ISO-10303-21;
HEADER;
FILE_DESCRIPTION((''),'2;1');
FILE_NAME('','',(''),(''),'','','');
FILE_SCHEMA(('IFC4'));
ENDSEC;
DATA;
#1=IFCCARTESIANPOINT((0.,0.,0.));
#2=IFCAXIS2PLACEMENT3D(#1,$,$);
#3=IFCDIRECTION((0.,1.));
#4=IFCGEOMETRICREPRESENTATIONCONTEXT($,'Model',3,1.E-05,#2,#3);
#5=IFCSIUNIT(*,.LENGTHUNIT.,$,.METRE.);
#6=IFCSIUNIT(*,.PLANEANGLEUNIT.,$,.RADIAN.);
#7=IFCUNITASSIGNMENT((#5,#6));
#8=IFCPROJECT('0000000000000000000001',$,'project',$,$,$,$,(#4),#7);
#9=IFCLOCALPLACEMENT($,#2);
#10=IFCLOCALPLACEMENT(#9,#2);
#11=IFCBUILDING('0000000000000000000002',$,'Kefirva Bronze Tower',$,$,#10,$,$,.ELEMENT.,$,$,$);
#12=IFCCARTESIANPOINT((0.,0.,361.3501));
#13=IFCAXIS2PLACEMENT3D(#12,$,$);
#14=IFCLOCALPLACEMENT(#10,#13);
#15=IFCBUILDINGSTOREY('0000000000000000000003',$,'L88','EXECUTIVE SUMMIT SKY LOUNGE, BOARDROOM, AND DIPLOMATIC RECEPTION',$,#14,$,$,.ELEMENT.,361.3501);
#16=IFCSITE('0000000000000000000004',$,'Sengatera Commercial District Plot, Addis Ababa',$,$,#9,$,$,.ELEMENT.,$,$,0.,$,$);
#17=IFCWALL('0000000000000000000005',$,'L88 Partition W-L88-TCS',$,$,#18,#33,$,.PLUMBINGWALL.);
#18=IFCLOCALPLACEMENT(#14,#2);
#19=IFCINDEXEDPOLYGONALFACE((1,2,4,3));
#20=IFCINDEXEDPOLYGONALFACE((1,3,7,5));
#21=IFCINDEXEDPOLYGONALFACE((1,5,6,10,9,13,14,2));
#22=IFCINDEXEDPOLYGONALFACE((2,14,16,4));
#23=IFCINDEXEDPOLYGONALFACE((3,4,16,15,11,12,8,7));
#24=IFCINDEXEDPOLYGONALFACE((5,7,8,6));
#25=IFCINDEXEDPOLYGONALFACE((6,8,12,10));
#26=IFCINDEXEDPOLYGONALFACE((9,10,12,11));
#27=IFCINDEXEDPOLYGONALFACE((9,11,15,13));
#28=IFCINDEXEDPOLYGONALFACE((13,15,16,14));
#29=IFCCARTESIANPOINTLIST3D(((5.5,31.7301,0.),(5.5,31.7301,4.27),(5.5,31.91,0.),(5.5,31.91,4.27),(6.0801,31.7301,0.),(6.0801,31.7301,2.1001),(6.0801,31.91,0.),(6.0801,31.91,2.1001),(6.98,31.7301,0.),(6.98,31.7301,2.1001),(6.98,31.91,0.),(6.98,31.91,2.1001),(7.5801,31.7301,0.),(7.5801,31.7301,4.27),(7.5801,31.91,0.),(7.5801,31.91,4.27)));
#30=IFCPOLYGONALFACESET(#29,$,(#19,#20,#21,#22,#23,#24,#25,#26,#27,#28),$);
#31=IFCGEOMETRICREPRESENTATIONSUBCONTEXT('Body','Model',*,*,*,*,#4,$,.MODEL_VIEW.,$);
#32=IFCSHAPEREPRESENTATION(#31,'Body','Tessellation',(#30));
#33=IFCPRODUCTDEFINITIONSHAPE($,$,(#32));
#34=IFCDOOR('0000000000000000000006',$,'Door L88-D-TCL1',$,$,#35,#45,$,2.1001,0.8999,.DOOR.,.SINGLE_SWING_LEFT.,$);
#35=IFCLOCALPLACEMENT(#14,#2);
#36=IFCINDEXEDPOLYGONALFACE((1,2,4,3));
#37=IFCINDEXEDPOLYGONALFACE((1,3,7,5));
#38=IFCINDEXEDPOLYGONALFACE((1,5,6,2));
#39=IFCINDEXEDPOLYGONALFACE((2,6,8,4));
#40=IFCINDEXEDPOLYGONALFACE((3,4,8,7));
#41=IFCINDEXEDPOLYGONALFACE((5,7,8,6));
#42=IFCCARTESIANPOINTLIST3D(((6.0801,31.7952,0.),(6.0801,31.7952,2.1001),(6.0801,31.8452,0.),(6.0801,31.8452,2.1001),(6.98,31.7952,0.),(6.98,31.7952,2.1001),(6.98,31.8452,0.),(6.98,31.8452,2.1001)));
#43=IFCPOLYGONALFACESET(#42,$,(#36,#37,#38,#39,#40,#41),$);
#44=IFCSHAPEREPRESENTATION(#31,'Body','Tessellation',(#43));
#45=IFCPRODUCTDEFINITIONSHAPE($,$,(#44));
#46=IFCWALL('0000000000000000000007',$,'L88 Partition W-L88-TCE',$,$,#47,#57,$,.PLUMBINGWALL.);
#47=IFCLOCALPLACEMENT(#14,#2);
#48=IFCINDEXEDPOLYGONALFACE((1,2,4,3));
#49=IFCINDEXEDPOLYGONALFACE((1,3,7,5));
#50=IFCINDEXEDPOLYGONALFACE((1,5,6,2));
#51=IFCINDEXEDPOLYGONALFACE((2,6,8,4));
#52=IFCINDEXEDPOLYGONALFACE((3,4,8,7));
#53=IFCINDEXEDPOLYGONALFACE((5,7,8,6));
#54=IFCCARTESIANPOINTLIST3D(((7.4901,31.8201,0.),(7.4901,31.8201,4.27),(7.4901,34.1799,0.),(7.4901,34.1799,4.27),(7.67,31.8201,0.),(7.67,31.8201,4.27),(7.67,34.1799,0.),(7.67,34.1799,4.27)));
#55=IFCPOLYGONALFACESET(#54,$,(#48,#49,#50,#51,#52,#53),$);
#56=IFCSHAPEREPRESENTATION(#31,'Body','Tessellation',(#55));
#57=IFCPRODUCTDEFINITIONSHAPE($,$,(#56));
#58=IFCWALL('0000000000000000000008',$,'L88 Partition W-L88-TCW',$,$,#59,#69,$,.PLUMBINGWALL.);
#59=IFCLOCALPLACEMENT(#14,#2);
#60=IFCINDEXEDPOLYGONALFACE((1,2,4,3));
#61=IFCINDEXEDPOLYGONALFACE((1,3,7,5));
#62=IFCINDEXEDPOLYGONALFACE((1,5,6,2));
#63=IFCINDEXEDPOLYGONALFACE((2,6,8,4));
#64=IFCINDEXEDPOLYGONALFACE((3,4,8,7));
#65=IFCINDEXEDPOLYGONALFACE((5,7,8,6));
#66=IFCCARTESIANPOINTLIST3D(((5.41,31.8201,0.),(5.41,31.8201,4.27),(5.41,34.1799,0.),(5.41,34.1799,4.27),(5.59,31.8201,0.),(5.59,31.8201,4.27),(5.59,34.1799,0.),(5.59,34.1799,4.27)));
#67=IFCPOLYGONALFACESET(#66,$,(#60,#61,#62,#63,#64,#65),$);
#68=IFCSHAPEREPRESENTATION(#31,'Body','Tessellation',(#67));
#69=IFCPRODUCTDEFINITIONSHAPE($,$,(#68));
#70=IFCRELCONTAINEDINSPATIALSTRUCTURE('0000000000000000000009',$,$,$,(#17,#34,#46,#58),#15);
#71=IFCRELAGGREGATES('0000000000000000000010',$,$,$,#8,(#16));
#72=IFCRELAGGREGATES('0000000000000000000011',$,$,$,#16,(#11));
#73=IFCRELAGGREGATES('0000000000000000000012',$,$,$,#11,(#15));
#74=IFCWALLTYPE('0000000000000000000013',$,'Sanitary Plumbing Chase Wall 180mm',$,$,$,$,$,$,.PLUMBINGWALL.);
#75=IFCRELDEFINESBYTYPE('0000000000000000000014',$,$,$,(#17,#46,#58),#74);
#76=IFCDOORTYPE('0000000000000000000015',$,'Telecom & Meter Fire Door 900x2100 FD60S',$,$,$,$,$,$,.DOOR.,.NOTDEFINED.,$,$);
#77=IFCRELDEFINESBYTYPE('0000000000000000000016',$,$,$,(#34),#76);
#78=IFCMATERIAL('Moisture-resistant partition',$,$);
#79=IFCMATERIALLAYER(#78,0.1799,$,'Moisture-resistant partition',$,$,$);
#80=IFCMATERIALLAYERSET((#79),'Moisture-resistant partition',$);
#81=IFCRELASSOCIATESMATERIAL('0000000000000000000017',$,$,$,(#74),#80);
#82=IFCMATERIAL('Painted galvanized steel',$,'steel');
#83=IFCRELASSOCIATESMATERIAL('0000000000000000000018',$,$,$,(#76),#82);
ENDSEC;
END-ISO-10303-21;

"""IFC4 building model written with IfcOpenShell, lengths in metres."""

from ifc_helpers import new_model, si_unit, direction, frame, frame_2d, origin, place, context, subcontext, project, spatial, rectangle, extrude, material, layer, layer_set, type_object, element, fill, save


model = new_model("IFC4")

# Units and contexts
model_context = context("Model", 3, precision=1e-05, world=origin(), true_north=direction((0.0, 1.0)))
body_context = subcontext(model_context, "Body", "Model", "MODEL_VIEW")
ifc_project = project(units=[si_unit("LENGTHUNIT", "METRE"), si_unit("PLANEANGLEUNIT", "RADIAN")], contexts=[model_context])

# Site, building, storey
site_placement = place(None, origin())
site = spatial("IfcSite", under=ifc_project, at=site_placement, Name="Sengatera Commercial District Plot, Addis Ababa", CompositionType="ELEMENT", RefElevation=0.0)
building_placement = place(site_placement, origin())
building = spatial("IfcBuilding", under=site, at=building_placement, Name="Kefirva Bronze Tower", CompositionType="ELEMENT")
storey_placement = place(building_placement, frame((0.0, 0.0, 361.3501)))
storey = spatial("IfcBuildingStorey", under=building, at=storey_placement, Name="L88", Description="EXECUTIVE SUMMIT SKY LOUNGE, BOARDROOM, AND DIPLOMATIC RECEPTION", CompositionType="ELEMENT", Elevation=361.3501)

# Shared definitions
ifc_material_1 = material(Name="Painted galvanized steel", Category="steel")

# Wall, opening, door
ifc_material_2 = material(Name="Moisture-resistant partition")
ifc_layer_1 = layer(ifc_material_2, 0.1799, Name="Moisture-resistant partition")
ifc_layer_set_1 = layer_set([ifc_layer_1], Name="Moisture-resistant partition")
wall_type_1 = type_object("IfcWallType", Name="Sanitary Plumbing Chase Wall 180mm", PredefinedType="PLUMBINGWALL", material=ifc_layer_set_1)
wall_1_placement = place(storey_placement, frame((5.5, 31.8201, 0.0), z_axis=(0.0, 0.0, 1.0), x_axis=(1.0, 0.0, 0.0)))
wall_1 = element("IfcWall", 1, at=wall_1_placement, inside=storey, type_object=wall_type_1, Name="L88 Partition W-L88-TCS", PredefinedType="PLUMBINGWALL", context=body_context, shape_type="SweptSolid", body=[
    extrude(rectangle(XDim=2.0801, YDim=0.1799, at=frame_2d((1.04, 0.0))), origin(), (0.0, 0.0, 1.0), 4.27),
])
opening_1_placement = place(wall_1_placement, frame((1.48, 0.0, 0.0), z_axis=(0.0, 0.0, 1.0), x_axis=(-1.0, 0.0, 0.0)))
opening_1 = element("IfcOpeningElement", 2, at=opening_1_placement, cuts=wall_1, PredefinedType="OPENING", context=body_context, shape_type="SweptSolid", body=[
    extrude(rectangle(XDim=0.8999, YDim=2.1001, at=frame_2d((0.45, 1.05))), frame((0.0, 0.1001, 0.0), z_axis=(0.0, -1.0, 0.0), x_axis=(1.0, 0.0, 0.0)), (0.0, 0.0, 1.0), 0.2),
])
door_type_1 = type_object("IfcDoorType", Name="Telecom & Meter Fire Door 900x2100 FD60S", OperationType="NOTDEFINED", PredefinedType="DOOR", material=ifc_material_1)
door_1_placement = place(opening_1_placement, origin())
door_1 = element("IfcDoor", 3, at=door_1_placement, inside=storey, type_object=door_type_1, Name="Door L88-D-TCL1", OperationType="SINGLE_SWING_LEFT", OverallHeight=2.1001, OverallWidth=0.8999, PredefinedType="DOOR", context=body_context, shape_type="SweptSolid", body=[
    extrude(rectangle(XDim=0.8999, YDim=2.1001, at=frame_2d((0.45, 1.05))), frame((0.0, 0.0249, 0.0), z_axis=(0.0, -1.0, 0.0), x_axis=(1.0, 0.0, 0.0)), (0.0, 0.0, 1.0), 0.05),
])
fill(opening_1, door_1)

# Walls
for number, where, z_axis, x_axis, name in (
    (4, (7.5801, 31.8201, 0.0), (0.0, 0.0, 1.0), (0.0, 1.0, 0.0), "L88 Partition W-L88-TCE"),
    (5, (5.5, 31.8201, 0.0), (0.0, 0.0, 1.0), (0.0, 1.0, 0.0), "L88 Partition W-L88-TCW"),
):
    element("IfcWall", number, at=place(storey_placement, frame(where, z_axis=z_axis, x_axis=x_axis)), inside=storey, type_object=wall_type_1, Name=name, PredefinedType="PLUMBINGWALL", context=body_context, shape_type="SweptSolid", body=[
        extrude(rectangle(XDim=2.3599, YDim=0.1799, at=frame_2d((1.1799, 0.0))), origin(), (0.0, 0.0, 1.0), 4.27),
    ])

save(model, "model.ifc")
